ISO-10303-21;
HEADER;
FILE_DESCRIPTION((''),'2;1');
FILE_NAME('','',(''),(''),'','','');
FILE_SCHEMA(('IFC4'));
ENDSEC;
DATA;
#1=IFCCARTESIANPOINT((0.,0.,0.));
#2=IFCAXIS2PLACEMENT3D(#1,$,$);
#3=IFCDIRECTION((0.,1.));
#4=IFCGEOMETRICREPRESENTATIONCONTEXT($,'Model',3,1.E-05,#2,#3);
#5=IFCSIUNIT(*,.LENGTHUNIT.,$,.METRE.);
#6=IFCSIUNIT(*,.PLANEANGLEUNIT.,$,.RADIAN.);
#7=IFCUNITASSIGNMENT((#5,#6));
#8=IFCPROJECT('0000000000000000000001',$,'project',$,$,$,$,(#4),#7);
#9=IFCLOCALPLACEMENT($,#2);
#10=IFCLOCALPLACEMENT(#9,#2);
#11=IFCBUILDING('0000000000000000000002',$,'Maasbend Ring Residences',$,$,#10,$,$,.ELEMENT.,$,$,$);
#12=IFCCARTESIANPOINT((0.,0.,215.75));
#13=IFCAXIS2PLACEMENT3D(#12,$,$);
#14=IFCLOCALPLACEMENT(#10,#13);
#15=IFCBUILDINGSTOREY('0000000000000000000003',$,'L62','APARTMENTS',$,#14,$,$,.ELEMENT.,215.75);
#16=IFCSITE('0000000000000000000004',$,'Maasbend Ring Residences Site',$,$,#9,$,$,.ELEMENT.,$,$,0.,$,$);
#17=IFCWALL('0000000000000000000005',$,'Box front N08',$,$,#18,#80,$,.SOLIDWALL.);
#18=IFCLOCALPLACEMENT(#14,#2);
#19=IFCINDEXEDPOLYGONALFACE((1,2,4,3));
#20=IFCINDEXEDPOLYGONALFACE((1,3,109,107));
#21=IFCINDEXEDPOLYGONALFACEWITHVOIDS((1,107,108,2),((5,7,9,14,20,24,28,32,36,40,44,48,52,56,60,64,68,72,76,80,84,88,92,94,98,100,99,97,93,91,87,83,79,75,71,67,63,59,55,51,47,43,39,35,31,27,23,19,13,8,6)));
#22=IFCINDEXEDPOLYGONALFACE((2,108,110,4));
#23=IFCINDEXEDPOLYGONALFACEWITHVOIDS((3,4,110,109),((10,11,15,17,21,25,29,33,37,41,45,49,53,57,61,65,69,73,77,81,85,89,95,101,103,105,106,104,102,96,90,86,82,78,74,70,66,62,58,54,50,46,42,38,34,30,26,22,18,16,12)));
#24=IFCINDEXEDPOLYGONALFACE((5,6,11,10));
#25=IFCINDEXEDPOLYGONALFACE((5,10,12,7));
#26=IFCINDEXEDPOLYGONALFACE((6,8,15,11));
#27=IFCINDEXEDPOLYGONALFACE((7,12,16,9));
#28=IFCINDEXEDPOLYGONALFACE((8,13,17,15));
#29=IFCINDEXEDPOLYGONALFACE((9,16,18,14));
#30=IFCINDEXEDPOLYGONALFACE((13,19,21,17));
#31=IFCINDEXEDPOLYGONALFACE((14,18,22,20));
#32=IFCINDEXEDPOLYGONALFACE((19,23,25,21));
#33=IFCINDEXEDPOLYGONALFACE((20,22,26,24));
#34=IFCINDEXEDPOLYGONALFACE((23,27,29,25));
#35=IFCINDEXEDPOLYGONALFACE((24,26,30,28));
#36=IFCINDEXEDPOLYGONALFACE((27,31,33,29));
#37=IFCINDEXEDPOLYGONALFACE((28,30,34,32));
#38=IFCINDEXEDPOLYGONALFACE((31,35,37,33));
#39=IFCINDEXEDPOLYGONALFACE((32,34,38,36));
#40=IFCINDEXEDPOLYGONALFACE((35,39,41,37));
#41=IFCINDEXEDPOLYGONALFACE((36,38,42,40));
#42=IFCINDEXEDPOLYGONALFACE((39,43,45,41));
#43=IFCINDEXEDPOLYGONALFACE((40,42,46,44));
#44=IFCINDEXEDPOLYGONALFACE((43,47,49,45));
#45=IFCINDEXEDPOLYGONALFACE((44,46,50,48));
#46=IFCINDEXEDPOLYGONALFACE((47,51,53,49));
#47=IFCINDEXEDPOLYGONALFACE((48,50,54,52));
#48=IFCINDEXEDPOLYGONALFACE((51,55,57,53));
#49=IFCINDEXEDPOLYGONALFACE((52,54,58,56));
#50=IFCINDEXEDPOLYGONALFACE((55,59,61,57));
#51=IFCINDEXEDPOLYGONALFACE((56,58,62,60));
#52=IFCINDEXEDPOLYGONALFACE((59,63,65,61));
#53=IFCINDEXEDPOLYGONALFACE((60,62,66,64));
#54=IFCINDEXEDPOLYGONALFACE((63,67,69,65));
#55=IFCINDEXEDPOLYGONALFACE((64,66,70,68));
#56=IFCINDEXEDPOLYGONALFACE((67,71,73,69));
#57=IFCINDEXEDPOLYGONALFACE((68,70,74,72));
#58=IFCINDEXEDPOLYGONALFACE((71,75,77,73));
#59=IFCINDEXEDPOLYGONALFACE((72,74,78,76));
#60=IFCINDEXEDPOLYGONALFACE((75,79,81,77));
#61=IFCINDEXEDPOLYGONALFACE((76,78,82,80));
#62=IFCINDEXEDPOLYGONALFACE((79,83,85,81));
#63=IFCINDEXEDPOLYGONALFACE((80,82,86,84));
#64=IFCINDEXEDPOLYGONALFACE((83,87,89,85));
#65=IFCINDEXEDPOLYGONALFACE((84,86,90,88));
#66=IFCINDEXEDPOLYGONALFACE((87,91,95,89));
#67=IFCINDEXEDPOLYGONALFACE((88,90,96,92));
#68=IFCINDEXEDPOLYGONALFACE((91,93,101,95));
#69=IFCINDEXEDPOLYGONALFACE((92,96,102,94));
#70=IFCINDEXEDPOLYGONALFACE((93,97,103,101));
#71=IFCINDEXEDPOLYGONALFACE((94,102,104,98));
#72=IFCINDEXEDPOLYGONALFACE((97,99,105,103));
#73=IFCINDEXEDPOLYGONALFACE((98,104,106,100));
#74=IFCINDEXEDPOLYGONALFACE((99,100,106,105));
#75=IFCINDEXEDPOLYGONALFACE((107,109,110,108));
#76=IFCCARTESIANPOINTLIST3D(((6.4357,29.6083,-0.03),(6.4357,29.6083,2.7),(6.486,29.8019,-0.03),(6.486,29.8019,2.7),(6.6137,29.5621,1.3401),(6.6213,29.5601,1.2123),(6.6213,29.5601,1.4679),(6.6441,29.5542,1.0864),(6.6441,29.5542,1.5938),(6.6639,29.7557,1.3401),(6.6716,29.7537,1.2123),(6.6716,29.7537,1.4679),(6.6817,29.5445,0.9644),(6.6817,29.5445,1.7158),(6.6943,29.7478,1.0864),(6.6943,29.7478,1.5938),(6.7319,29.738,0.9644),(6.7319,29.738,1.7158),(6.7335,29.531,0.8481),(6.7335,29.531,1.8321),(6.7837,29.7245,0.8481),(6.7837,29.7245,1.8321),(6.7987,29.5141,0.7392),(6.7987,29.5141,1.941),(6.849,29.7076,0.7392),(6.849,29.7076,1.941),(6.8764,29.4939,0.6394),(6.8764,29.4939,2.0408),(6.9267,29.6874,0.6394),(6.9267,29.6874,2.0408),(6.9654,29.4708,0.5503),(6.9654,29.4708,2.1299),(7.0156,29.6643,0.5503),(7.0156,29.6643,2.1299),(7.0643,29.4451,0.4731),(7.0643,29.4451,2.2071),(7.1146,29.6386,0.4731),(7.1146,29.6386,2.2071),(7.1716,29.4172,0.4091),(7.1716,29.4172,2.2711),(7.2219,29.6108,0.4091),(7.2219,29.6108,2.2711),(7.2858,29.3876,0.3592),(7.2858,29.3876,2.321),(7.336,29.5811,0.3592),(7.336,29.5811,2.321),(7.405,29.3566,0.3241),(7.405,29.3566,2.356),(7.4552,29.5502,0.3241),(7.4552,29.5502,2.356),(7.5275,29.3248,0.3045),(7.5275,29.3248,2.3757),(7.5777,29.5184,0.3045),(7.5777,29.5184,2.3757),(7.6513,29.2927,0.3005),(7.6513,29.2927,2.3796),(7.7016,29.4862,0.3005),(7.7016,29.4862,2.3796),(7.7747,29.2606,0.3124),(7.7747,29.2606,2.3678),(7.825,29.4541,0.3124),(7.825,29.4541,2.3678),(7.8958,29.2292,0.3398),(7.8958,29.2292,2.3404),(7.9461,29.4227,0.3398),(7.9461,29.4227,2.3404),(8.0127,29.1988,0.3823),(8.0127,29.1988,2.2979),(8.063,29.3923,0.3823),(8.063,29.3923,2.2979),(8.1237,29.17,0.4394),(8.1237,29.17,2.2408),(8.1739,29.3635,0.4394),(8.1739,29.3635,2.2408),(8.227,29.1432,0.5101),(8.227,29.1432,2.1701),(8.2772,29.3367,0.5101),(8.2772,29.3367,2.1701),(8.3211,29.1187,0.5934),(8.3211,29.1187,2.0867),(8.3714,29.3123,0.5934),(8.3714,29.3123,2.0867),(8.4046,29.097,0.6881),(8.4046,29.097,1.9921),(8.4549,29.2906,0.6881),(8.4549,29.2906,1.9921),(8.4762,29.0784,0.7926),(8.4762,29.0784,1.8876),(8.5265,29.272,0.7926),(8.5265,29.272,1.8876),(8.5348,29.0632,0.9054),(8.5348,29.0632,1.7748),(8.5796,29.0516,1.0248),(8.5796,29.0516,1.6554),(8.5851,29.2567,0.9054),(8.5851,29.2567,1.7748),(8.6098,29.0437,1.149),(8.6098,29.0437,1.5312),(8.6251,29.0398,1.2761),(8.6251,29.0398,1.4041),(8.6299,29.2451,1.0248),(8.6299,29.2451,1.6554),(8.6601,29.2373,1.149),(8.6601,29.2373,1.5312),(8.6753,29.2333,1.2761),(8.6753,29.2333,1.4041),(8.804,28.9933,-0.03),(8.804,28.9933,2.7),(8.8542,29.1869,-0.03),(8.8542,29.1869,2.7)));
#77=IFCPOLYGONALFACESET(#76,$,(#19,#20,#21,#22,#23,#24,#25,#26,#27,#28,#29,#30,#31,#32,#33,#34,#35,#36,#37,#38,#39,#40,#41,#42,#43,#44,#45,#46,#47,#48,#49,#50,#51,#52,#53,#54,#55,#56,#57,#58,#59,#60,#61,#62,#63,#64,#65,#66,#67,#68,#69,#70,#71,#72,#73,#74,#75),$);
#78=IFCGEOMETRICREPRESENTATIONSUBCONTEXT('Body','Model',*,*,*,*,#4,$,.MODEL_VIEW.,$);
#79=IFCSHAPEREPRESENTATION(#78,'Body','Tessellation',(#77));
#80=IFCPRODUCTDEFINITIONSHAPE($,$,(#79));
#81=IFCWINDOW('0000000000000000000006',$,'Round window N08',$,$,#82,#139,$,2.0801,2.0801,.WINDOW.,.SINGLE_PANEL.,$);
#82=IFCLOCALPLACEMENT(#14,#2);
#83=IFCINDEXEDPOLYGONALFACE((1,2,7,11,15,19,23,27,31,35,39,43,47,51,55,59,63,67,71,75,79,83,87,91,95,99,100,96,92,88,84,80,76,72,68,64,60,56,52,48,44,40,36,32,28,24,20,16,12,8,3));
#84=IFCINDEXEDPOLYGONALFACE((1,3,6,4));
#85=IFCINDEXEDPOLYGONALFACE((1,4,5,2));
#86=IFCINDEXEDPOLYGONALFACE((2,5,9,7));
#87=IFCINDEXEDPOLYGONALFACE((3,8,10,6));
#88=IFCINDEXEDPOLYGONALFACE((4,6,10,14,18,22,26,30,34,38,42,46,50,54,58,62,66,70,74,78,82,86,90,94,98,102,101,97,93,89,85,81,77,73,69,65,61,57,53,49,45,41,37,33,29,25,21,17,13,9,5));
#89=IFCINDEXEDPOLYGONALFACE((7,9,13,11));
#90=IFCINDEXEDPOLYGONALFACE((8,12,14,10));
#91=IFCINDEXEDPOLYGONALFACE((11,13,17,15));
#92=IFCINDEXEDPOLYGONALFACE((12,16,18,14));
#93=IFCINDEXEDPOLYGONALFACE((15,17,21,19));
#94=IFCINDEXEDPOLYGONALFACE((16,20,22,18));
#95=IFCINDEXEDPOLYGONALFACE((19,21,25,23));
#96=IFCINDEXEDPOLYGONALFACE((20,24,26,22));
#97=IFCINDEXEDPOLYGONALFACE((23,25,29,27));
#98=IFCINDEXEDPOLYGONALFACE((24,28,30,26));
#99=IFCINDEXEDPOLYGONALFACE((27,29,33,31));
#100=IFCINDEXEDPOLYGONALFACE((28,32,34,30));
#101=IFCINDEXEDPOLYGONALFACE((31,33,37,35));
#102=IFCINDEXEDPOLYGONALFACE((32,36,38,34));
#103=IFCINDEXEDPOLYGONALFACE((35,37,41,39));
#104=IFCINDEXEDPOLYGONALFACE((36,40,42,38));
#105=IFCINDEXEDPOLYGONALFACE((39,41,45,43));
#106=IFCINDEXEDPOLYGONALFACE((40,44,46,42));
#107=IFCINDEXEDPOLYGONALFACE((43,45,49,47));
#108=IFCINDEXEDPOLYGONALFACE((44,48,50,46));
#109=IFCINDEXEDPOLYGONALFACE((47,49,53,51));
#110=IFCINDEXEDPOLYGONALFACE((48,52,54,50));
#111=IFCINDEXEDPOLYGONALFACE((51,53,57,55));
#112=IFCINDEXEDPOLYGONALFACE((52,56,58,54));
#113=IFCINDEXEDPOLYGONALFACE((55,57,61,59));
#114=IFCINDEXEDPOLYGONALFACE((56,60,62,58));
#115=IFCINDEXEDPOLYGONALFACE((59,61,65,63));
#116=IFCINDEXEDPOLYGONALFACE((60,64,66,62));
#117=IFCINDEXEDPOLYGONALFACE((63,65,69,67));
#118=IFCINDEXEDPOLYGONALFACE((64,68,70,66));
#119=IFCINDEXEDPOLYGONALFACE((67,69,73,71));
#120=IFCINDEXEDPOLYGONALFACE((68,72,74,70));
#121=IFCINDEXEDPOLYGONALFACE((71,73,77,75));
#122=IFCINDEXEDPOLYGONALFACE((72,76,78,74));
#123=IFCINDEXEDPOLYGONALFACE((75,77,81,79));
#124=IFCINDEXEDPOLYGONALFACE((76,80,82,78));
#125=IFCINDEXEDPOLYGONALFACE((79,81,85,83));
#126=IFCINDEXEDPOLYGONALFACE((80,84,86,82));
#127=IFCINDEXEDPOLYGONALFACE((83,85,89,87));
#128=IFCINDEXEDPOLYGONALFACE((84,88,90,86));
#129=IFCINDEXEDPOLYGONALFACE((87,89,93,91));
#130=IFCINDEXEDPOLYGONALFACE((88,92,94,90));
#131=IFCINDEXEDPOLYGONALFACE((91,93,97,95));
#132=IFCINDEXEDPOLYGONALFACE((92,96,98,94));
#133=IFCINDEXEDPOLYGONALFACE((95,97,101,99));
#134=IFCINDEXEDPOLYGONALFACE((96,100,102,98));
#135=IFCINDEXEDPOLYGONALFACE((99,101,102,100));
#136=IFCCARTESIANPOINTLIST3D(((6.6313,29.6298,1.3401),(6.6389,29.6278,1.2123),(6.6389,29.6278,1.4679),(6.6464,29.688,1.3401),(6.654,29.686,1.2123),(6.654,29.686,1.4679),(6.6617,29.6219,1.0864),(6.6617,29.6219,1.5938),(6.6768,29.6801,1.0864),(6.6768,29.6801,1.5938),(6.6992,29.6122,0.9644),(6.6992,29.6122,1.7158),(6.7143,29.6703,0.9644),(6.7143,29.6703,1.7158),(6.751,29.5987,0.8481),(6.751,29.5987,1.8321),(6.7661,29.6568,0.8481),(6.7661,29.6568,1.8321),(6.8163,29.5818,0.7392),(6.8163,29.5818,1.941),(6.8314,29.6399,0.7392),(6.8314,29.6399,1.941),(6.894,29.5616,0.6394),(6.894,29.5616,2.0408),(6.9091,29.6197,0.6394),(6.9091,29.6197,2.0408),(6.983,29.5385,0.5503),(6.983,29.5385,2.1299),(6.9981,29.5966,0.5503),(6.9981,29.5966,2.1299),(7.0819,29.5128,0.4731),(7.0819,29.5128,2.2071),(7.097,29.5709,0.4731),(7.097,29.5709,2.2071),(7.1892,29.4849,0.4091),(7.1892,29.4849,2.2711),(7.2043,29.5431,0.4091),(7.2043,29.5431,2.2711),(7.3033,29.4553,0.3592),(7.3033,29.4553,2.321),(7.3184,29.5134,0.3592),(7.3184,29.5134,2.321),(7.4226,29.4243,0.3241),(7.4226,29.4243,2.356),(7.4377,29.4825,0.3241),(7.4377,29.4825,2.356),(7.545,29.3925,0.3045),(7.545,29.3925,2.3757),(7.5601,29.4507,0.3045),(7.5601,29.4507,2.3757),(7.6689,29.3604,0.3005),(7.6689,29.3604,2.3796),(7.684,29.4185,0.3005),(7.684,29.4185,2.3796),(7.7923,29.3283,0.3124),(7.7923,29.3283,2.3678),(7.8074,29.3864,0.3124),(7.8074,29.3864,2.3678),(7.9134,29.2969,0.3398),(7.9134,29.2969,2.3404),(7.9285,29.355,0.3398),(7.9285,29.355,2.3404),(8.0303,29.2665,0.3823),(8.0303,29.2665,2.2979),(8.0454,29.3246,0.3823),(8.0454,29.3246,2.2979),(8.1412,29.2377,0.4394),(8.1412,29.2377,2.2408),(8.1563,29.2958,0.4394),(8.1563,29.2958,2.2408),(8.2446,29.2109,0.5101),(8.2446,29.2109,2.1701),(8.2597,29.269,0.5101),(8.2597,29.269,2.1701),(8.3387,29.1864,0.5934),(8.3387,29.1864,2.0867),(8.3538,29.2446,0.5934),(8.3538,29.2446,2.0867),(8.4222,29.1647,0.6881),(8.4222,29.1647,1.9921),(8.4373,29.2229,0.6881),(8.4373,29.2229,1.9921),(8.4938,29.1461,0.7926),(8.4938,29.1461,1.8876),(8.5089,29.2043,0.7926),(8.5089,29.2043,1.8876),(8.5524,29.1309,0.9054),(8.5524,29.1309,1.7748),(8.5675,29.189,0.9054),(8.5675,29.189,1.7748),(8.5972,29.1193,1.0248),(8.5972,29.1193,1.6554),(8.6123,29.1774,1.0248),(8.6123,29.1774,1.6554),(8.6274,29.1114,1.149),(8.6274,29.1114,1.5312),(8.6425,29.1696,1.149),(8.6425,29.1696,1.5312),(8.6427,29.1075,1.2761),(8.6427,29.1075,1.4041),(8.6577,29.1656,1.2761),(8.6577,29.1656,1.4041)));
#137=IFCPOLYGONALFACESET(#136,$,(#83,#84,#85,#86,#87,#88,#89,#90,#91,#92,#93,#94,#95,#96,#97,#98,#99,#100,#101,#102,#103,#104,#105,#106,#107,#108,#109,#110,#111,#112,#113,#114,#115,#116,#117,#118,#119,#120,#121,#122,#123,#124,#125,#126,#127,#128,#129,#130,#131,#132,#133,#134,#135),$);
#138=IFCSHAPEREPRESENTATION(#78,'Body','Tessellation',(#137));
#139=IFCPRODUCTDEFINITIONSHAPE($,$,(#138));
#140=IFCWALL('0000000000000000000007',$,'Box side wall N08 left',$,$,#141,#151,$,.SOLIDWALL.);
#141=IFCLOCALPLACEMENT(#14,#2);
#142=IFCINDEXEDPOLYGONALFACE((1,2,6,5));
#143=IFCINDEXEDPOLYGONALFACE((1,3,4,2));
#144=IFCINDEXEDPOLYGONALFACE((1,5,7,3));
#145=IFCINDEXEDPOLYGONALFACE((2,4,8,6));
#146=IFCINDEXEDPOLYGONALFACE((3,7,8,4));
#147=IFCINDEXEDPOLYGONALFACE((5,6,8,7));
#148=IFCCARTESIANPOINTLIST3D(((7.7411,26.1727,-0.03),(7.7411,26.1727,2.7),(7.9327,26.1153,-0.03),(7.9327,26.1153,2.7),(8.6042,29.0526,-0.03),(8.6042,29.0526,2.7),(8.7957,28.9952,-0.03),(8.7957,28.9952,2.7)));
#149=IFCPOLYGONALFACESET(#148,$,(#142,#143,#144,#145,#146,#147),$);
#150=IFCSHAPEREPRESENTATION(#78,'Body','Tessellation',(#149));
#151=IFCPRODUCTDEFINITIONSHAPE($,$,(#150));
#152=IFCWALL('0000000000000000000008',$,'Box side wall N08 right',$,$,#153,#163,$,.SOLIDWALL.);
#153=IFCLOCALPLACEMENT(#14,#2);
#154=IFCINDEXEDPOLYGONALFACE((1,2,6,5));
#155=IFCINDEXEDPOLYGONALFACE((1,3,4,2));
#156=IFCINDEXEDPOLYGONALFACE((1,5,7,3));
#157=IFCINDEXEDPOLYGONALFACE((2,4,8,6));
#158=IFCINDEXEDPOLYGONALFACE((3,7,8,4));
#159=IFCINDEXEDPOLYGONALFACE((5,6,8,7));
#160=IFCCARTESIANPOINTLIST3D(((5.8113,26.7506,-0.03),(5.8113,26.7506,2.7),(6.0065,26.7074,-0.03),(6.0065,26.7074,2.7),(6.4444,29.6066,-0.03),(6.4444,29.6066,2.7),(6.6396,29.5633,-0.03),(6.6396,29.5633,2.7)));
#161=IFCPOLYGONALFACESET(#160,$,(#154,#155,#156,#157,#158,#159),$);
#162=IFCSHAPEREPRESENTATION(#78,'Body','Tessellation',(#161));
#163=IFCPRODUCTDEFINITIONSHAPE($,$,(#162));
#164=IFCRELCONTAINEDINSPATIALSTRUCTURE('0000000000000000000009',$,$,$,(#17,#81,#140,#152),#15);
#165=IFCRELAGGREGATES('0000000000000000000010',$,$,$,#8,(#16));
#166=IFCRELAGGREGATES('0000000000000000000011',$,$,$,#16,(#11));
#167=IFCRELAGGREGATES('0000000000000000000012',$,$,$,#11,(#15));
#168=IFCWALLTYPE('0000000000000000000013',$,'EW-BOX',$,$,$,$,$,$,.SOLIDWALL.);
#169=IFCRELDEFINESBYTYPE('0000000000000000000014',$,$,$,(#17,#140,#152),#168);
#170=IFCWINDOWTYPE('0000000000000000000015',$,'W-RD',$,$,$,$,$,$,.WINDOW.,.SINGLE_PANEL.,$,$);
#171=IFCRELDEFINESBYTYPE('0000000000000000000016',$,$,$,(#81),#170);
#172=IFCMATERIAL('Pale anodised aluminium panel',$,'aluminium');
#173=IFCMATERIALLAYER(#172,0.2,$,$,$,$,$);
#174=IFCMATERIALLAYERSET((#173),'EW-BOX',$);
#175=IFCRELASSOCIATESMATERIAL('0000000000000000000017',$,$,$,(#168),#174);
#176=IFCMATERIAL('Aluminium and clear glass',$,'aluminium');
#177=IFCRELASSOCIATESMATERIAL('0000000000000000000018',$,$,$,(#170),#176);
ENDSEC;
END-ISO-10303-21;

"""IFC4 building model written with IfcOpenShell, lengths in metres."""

from ifc_helpers import new_model, si_unit, direction, frame, frame_2d, origin, place, context, subcontext, project, spatial, rectangle, circle, extrude, material, layer, layer_set, type_object, element, fill, save


model = new_model("IFC4")

# Units and contexts
model_context = context("Model", 3, precision=1e-05, world=origin(), true_north=direction((0.0, 1.0)))
body_context = subcontext(model_context, "Body", "Model", "MODEL_VIEW")
ifc_project = project(units=[si_unit("LENGTHUNIT", "METRE"), si_unit("PLANEANGLEUNIT", "RADIAN")], contexts=[model_context])

# Site, building, storey
site_placement = place(None, origin())
site = spatial("IfcSite", under=ifc_project, at=site_placement, Name="Maasbend Ring Residences Site", CompositionType="ELEMENT", RefElevation=0.0)
building_placement = place(site_placement, origin())
building = spatial("IfcBuilding", under=site, at=building_placement, Name="Maasbend Ring Residences", CompositionType="ELEMENT")
storey_placement = place(building_placement, frame((0.0, 0.0, 215.75)))
storey = spatial("IfcBuildingStorey", under=building, at=storey_placement, Name="L62", Description="APARTMENTS", CompositionType="ELEMENT", Elevation=215.75)

# Shared definitions
ifc_material_1 = material(Name="Pale anodised aluminium panel", Category="aluminium")
ifc_layer_1 = layer(ifc_material_1, 0.2)
ifc_layer_set_1 = layer_set([ifc_layer_1], Name="EW-BOX")
wall_type_1 = type_object("IfcWallType", Name="EW-BOX", PredefinedType="SOLIDWALL", material=ifc_layer_set_1)

# Wall, opening, window
wall_1_placement = place(storey_placement, frame((8.8291, 29.0901, -0.03), z_axis=(0.0, 0.0, 1.0), x_axis=(-0.967895, 0.251353, 0.0)))
wall_1 = element("IfcWall", 1, at=wall_1_placement, inside=storey, type_object=wall_type_1, Name="Box front N08", PredefinedType="SOLIDWALL", context=body_context, shape_type="SweptSolid", body=[
    extrude(rectangle(XDim=2.4468, YDim=0.2, at=frame_2d((1.2234, 0.0))), origin(), (0.0, 0.0, 1.0), 2.73),
])
opening_1_placement = place(wall_1_placement, frame((0.1829, 0.0, 0.3301)))
opening_1 = element("IfcOpeningElement", 2, at=opening_1_placement, cuts=wall_1, PredefinedType="OPENING", context=body_context, shape_type="SweptSolid", body=[
    extrude(circle(Radius=1.04, at=frame_2d((1.04, 1.04))), frame((0.0, 0.1099, 0.0), z_axis=(0.0, -1.0, 0.0), x_axis=(1.0, 0.0, 0.0)), (0.0, 0.0, 1.0), 0.22),
])
ifc_material_2 = material(Name="Aluminium and clear glass", Category="aluminium")
window_type_1 = type_object("IfcWindowType", Name="W-RD", PartitioningType="SINGLE_PANEL", PredefinedType="WINDOW", material=ifc_material_2)
window_1_placement = place(opening_1_placement, origin())
window_1 = element("IfcWindow", 3, at=window_1_placement, inside=storey, type_object=window_type_1, Name="Round window N08", OverallHeight=2.0801, OverallWidth=2.0801, PartitioningType="SINGLE_PANEL", PredefinedType="WINDOW", context=body_context, shape_type="SweptSolid", body=[
    extrude(circle(Radius=1.04, at=frame_2d((1.04, 1.04))), frame((0.0, 0.03, 0.0), z_axis=(0.0, -1.0, 0.0), x_axis=(1.0, 0.0, 0.0)), (0.0, 0.0, 1.0), 0.0601),
])
fill(opening_1, window_1)

# Walls
wall_2_placement = place(storey_placement, frame((7.8369, 26.144, -0.03), z_axis=(0.0, 0.0, 1.0), x_axis=(0.287065, 0.957911, 0.0)))
element("IfcWall", 4, at=wall_2_placement, inside=storey, type_object=wall_type_1, Name="Box side wall N08 left", PredefinedType="SOLIDWALL", context=body_context, shape_type="SweptSolid", body=[
    extrude(rectangle(XDim=3.0063, YDim=0.2, at=frame_2d((1.5032, 0.0))), origin(), (0.0, 0.0, 1.0), 2.73),
])
wall_3_placement = place(storey_placement, frame((5.9089, 26.729, -0.03), z_axis=(0.0, 0.0, 1.0), x_axis=(0.216409, 0.976303, 0.0)))
element("IfcWall", 5, at=wall_3_placement, inside=storey, type_object=wall_type_1, Name="Box side wall N08 right", PredefinedType="SOLIDWALL", context=body_context, shape_type="SweptSolid", body=[
    extrude(rectangle(XDim=2.9253, YDim=0.2, at=frame_2d((1.4626, 0.0))), origin(), (0.0, 0.0, 1.0), 2.73),
])

save(model, "model.ifc")
